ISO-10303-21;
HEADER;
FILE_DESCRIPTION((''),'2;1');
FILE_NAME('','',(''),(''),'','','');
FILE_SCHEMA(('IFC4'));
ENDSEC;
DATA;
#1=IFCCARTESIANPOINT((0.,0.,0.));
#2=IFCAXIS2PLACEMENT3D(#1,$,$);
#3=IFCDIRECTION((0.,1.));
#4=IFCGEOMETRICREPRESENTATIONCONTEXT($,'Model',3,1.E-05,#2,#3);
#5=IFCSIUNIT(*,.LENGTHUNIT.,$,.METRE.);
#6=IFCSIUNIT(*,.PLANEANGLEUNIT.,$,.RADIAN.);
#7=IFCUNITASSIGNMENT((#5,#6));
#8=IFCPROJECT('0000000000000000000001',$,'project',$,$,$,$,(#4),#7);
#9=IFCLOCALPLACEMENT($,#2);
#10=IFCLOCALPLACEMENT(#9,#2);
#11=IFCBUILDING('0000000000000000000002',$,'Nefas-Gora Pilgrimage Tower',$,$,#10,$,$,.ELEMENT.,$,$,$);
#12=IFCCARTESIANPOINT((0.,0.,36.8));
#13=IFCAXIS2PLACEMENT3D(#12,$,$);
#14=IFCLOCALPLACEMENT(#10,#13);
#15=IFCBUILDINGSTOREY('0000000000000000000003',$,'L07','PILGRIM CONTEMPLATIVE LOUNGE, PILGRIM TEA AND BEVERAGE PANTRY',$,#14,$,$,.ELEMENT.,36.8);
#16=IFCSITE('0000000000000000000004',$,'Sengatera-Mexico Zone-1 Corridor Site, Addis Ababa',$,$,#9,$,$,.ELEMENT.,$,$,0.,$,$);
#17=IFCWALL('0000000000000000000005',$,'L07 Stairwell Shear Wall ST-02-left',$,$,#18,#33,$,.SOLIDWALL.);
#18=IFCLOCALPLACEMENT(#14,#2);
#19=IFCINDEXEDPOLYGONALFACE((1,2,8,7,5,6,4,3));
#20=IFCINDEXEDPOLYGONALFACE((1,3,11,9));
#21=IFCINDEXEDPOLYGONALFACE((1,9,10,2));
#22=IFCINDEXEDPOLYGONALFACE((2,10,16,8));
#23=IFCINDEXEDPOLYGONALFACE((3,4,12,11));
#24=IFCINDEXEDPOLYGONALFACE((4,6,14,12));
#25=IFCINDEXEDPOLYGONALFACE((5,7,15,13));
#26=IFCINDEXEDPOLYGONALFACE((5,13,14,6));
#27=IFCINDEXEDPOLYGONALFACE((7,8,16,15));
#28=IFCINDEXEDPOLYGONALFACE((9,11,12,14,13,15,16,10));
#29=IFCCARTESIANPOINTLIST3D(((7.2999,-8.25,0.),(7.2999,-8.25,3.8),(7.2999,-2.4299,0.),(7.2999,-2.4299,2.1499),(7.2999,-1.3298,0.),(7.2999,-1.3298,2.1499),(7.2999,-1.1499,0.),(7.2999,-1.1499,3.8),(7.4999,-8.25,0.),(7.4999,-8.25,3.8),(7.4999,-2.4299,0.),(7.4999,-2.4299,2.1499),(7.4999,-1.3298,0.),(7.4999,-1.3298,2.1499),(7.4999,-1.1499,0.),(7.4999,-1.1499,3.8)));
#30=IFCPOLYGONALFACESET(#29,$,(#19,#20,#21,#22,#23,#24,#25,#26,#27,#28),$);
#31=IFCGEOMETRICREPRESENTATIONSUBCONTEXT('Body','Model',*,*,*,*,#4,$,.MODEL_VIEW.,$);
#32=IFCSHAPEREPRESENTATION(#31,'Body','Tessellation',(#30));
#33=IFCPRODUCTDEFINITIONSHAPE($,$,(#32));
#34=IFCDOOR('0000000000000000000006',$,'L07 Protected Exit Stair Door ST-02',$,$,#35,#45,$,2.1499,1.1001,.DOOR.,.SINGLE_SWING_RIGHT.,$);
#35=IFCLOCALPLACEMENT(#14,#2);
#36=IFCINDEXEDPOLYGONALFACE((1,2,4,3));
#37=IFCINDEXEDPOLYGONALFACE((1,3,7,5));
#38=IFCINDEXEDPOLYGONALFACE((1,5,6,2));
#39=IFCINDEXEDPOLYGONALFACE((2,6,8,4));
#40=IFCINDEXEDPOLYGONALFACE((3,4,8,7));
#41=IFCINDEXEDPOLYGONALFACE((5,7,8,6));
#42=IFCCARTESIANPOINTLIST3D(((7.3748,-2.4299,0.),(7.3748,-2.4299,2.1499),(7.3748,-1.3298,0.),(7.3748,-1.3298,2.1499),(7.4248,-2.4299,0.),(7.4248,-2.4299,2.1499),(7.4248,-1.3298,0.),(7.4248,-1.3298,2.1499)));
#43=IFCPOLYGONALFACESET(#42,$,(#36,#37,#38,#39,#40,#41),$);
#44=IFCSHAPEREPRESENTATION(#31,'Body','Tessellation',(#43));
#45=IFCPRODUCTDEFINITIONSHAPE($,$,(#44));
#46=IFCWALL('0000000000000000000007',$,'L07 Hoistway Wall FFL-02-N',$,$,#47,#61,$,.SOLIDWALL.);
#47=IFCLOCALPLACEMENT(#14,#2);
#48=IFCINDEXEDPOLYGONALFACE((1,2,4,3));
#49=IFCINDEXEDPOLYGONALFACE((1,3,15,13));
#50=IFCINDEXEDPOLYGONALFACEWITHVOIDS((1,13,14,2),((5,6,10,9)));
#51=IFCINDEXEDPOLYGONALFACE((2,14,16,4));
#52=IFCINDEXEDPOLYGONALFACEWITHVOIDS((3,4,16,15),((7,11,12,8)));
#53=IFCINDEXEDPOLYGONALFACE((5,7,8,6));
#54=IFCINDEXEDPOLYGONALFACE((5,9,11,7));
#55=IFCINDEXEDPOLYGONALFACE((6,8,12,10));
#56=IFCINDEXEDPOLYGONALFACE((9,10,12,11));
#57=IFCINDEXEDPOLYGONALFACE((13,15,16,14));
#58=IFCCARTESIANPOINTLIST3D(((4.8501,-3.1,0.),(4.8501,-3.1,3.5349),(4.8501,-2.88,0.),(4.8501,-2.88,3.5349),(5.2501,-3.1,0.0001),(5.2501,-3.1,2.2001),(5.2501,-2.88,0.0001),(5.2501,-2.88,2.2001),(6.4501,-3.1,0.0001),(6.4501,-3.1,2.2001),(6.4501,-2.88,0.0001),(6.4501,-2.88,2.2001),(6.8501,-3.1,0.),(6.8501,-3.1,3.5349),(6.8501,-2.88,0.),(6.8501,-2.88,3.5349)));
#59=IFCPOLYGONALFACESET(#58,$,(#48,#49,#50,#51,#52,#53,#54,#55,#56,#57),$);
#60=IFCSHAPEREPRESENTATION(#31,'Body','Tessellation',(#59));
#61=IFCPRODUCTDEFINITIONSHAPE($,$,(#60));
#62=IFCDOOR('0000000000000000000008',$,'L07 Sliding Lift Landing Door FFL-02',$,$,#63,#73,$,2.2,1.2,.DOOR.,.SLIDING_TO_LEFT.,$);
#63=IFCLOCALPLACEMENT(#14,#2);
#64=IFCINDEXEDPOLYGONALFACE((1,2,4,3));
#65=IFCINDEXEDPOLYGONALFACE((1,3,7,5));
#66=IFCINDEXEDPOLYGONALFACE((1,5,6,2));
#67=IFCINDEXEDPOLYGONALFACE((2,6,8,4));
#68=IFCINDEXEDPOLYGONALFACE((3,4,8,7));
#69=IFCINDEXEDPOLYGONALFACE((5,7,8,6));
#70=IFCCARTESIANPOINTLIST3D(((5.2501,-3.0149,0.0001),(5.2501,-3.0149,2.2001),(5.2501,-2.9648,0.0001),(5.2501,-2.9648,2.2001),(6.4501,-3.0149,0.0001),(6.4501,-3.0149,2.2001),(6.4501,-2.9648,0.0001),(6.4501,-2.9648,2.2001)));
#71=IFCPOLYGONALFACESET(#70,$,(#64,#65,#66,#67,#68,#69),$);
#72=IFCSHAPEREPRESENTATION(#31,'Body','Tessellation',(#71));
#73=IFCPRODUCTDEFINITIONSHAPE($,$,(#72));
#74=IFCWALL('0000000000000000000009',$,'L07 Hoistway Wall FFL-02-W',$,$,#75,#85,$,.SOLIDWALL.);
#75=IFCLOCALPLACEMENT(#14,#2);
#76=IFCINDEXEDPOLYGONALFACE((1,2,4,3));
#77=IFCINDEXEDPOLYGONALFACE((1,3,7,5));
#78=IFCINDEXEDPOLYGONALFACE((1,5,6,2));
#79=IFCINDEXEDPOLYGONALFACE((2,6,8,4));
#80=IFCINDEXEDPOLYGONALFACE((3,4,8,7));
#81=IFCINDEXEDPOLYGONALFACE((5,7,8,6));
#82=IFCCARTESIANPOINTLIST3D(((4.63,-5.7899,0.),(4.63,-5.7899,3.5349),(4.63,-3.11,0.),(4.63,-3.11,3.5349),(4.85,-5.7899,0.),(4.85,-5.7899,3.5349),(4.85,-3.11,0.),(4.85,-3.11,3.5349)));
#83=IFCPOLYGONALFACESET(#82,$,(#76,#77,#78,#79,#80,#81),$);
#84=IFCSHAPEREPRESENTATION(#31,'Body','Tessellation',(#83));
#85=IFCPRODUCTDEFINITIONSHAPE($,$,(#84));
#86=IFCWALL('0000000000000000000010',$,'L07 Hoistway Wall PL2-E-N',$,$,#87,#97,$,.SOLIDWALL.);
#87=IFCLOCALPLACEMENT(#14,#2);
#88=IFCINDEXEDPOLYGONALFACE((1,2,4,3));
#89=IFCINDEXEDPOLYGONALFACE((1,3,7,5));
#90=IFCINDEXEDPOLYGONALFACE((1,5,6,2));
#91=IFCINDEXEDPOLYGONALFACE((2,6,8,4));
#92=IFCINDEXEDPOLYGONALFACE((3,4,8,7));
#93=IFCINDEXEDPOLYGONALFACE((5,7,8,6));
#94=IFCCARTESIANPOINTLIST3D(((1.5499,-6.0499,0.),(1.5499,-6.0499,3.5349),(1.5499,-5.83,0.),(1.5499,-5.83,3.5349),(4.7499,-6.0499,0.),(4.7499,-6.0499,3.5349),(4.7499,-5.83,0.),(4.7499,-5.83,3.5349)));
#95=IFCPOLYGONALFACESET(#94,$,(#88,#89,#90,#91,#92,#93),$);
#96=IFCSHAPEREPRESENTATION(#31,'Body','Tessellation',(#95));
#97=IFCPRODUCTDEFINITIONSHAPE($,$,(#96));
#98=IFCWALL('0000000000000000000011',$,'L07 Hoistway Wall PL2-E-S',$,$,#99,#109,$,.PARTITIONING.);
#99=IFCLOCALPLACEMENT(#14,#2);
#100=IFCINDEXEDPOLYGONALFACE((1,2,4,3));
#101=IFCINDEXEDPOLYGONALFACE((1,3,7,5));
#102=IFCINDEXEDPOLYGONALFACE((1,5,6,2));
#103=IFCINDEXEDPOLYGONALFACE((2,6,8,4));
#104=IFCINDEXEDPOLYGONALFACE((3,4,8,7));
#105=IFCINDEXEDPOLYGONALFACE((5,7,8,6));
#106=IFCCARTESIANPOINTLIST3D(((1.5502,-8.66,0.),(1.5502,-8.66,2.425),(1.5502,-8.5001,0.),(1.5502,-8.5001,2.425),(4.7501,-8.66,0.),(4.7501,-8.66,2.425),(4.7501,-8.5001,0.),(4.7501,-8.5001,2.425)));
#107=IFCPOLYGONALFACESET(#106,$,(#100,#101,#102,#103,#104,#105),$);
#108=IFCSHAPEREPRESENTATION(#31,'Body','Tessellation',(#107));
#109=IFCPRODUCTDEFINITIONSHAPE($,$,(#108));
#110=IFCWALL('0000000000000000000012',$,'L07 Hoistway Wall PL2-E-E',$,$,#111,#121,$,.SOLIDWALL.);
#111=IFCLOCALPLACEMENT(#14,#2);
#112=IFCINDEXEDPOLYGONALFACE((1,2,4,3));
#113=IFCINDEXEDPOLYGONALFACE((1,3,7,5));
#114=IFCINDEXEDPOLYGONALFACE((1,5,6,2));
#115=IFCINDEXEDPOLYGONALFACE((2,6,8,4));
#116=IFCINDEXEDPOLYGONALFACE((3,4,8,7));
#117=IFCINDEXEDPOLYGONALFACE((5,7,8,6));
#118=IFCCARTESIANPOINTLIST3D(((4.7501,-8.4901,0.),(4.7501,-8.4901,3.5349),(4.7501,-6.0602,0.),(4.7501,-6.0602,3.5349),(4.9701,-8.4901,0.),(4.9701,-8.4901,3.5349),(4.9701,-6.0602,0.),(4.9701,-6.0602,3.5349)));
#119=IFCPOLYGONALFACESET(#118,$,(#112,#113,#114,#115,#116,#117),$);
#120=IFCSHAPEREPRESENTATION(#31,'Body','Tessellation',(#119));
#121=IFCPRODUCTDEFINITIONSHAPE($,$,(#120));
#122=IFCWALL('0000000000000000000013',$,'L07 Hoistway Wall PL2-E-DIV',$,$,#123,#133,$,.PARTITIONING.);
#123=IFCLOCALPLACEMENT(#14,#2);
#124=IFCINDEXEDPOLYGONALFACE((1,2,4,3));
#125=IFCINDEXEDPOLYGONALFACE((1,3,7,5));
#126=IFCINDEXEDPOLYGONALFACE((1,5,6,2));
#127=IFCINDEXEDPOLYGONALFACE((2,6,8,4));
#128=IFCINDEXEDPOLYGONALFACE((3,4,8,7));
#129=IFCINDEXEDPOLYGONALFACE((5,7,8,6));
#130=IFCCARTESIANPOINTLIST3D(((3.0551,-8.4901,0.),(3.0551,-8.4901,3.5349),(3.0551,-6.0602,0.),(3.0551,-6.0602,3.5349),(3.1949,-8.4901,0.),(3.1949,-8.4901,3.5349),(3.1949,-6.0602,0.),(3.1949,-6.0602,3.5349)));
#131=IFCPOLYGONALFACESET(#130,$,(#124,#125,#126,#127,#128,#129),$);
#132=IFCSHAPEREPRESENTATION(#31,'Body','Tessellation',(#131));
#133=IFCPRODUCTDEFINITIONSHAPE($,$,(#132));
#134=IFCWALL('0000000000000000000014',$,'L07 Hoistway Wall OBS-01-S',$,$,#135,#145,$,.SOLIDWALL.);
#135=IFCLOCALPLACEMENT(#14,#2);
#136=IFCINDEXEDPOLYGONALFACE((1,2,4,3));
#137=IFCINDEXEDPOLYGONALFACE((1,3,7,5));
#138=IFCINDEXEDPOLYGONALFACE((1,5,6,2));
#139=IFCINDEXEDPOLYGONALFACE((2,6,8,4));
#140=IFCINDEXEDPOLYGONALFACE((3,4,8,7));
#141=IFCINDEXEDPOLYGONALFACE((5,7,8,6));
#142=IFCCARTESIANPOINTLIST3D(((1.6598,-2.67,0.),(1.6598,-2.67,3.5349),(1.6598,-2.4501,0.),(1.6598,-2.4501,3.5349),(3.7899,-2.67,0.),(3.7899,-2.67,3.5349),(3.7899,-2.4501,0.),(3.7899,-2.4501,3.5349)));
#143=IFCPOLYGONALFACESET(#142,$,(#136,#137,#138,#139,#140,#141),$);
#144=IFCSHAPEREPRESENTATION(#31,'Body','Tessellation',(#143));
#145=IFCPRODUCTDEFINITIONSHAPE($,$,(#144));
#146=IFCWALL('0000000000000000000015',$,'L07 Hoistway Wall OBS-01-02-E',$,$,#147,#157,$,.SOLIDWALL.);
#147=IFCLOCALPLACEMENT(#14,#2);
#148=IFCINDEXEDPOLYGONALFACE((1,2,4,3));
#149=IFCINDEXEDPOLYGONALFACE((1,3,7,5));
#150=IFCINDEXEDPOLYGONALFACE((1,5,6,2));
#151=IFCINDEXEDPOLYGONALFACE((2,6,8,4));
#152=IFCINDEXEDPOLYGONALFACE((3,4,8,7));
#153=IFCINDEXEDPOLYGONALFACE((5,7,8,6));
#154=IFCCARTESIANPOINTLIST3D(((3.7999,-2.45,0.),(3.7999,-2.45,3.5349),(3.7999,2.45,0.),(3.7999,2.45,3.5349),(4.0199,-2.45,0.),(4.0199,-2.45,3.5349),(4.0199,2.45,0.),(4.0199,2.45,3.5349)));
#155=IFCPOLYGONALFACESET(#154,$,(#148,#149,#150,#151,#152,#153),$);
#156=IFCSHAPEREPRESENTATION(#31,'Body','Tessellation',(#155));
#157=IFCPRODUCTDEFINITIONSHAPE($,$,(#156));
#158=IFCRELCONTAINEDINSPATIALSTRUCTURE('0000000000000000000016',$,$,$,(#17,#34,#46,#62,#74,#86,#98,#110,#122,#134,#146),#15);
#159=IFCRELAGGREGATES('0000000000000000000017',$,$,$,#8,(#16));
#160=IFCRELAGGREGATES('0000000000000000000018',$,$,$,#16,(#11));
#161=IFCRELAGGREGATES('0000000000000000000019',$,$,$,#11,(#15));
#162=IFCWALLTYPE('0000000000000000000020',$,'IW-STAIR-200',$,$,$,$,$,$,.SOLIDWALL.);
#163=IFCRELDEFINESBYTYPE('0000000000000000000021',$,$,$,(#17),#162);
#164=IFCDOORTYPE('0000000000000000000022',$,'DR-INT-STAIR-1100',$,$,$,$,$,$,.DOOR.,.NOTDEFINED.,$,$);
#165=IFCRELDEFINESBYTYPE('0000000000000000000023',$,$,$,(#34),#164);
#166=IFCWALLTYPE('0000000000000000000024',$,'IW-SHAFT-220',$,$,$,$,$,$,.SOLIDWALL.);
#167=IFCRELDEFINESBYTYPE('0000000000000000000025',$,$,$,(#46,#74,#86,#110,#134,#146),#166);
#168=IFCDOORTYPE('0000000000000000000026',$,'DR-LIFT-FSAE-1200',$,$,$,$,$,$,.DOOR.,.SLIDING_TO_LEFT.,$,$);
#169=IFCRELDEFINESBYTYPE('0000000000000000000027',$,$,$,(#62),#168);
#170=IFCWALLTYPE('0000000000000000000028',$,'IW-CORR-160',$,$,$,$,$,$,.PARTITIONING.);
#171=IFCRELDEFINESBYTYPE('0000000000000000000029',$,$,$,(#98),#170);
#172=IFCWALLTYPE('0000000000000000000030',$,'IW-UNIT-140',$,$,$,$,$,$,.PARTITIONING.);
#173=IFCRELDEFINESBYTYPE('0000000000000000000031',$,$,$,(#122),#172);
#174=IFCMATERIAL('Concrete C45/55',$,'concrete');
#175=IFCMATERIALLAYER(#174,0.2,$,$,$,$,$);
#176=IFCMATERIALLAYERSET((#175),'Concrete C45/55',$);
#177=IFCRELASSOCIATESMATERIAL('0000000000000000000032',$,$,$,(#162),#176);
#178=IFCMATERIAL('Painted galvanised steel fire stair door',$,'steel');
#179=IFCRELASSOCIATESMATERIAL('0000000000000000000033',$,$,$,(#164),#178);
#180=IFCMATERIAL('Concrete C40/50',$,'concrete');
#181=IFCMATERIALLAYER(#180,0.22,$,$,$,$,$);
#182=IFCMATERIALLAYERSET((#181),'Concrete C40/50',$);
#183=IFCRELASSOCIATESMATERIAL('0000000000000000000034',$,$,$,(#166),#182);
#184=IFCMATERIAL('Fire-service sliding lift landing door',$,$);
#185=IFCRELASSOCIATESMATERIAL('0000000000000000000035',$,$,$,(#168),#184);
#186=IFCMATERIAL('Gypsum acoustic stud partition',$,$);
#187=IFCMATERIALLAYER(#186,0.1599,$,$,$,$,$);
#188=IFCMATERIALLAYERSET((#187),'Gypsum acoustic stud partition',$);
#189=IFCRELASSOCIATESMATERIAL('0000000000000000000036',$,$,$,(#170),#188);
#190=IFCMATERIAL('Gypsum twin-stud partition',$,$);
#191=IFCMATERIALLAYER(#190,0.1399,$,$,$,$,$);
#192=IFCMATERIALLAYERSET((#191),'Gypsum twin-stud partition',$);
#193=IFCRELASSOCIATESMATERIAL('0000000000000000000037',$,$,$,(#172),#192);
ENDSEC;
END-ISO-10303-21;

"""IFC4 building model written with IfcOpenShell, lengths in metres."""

from ifc_helpers import new_model, si_unit, direction, frame, frame_2d, origin, place, context, subcontext, project, spatial, rectangle, extrude, source, transform, mapped, material, layer, layer_set, type_object, element, fill, save


model = new_model("IFC4")

# Units and contexts
model_context = context("Model", 3, precision=1e-05, world=origin(), true_north=direction((0.0, 1.0)))
body_context = subcontext(model_context, "Body", "Model", "MODEL_VIEW")
ifc_project = project(units=[si_unit("LENGTHUNIT", "METRE"), si_unit("PLANEANGLEUNIT", "RADIAN")], contexts=[model_context])

# Site, building, storey
site_placement = place(None, origin())
site = spatial("IfcSite", under=ifc_project, at=site_placement, Name="Sengatera-Mexico Zone-1 Corridor Site, Addis Ababa", CompositionType="ELEMENT", RefElevation=0.0)
building_placement = place(site_placement, origin())
building = spatial("IfcBuilding", under=site, at=building_placement, Name="Nefas-Gora Pilgrimage Tower", CompositionType="ELEMENT")
storey_placement = place(building_placement, frame((0.0, 0.0, 36.8)))
storey = spatial("IfcBuildingStorey", under=building, at=storey_placement, Name="L07", Description="PILGRIM CONTEMPLATIVE LOUNGE, PILGRIM TEA AND BEVERAGE PANTRY", CompositionType="ELEMENT", Elevation=36.8)

# Shared definitions
ifc_material_1 = material(Name="Concrete C45/55", Category="concrete")
ifc_layer_1 = layer(ifc_material_1, 0.2)
ifc_layer_set_1 = layer_set([ifc_layer_1], Name="Concrete C45/55")
wall_type_1 = type_object("IfcWallType", Name="IW-STAIR-200", PredefinedType="SOLIDWALL", material=ifc_layer_set_1)

# Walls, openings, doors
shared_shape_1 = source(origin(), body_context, "Body", "SweptSolid", [
    extrude(rectangle(XDim=7.1001, YDim=0.2, at=frame_2d((3.55, 0.0))), origin(), (0.0, 0.0, 1.0), 3.8),
])
wall_1_placement = place(storey_placement, frame((7.3999, -1.1499, 0.0), z_axis=(0.0, 0.0, 1.0), x_axis=(0.0, -1.0, 0.0)))
wall_1 = element("IfcWall", 1, at=wall_1_placement, inside=storey, type_object=wall_type_1, Name="L07 Stairwell Shear Wall ST-02-left", PredefinedType="SOLIDWALL", context=body_context, shape_type="MappedRepresentation", body=[
    mapped(shared_shape_1, transform((0.0, 0.0, 0.0), x_axis=(1.0, 0.0, 0.0), y_axis=(0.0, 1.0, 0.0), z_axis=(0.0, 0.0, 1.0), scale=1.0)),
])
opening_1_placement = place(wall_1_placement, frame((0.1799, 0.0, 0.0)))
opening_1 = element("IfcOpeningElement", 2, at=opening_1_placement, cuts=wall_1, PredefinedType="OPENING", context=body_context, shape_type="SweptSolid", body=[
    extrude(rectangle(XDim=1.1001, YDim=2.1499, at=frame_2d((0.55, 1.075))), frame((0.0, 0.1099, 0.0), z_axis=(0.0, -1.0, 0.0), x_axis=(1.0, 0.0, 0.0)), (0.0, 0.0, 1.0), 0.22),
])
ifc_material_2 = material(Name="Painted galvanised steel fire stair door", Category="steel")
door_type_1 = type_object("IfcDoorType", Name="DR-INT-STAIR-1100", OperationType="NOTDEFINED", PredefinedType="DOOR", material=ifc_material_2)
shared_shape_2 = source(origin(), body_context, "Body", "SweptSolid", [
    extrude(rectangle(XDim=1.1001, YDim=2.1499, at=frame_2d((0.55, 1.075))), frame((0.0, 0.0249, 0.0), z_axis=(0.0, -1.0, 0.0), x_axis=(1.0, 0.0, 0.0)), (0.0, 0.0, 1.0), 0.05),
])
door_1_placement = place(opening_1_placement, origin())
door_1 = element("IfcDoor", 3, at=door_1_placement, inside=storey, type_object=door_type_1, Name="L07 Protected Exit Stair Door ST-02", OperationType="SINGLE_SWING_RIGHT", OverallHeight=2.1499, OverallWidth=1.1001, PredefinedType="DOOR", context=body_context, shape_type="MappedRepresentation", body=[
    mapped(shared_shape_2, transform((0.0, 0.0, 0.0), x_axis=(1.0, 0.0, 0.0), y_axis=(0.0, 1.0, 0.0), z_axis=(0.0, 0.0, 1.0), scale=1.0)),
])
fill(opening_1, door_1)
ifc_material_3 = material(Name="Concrete C40/50", Category="concrete")
ifc_layer_2 = layer(ifc_material_3, 0.22)
ifc_layer_set_2 = layer_set([ifc_layer_2], Name="Concrete C40/50")
wall_type_2 = type_object("IfcWallType", Name="IW-SHAFT-220", PredefinedType="SOLIDWALL", material=ifc_layer_set_2)
shared_shape_3 = source(origin(), body_context, "Body", "SweptSolid", [
    extrude(rectangle(XDim=2.0, YDim=0.22, at=frame_2d((1.0, 0.0))), origin(), (0.0, 0.0, 1.0), 3.5349),
])
wall_2_placement = place(storey_placement, frame((6.8501, -2.99, 0.0), z_axis=(0.0, 0.0, 1.0), x_axis=(-1.0, 0.0, 0.0)))
wall_2 = element("IfcWall", 4, at=wall_2_placement, inside=storey, type_object=wall_type_2, Name="L07 Hoistway Wall FFL-02-N", PredefinedType="SOLIDWALL", context=body_context, shape_type="MappedRepresentation", body=[
    mapped(shared_shape_3, transform((0.0, 0.0, 0.0), x_axis=(1.0, 0.0, 0.0), y_axis=(0.0, 1.0, 0.0), z_axis=(0.0, 0.0, 1.0), scale=1.0)),
])
opening_2_placement = place(wall_2_placement, frame((0.3999, 0.0, 0.0)))
opening_2 = element("IfcOpeningElement", 5, at=opening_2_placement, cuts=wall_2, PredefinedType="OPENING", context=body_context, shape_type="SweptSolid", body=[
    extrude(rectangle(XDim=1.2, YDim=2.2, at=frame_2d((0.6001, 1.1001))), frame((0.0, 0.1199, 0.0), z_axis=(0.0, -1.0, 0.0), x_axis=(1.0, 0.0, 0.0)), (0.0, 0.0, 1.0), 0.24),
])
ifc_material_4 = material(Name="Fire-service sliding lift landing door")
door_type_2 = type_object("IfcDoorType", Name="DR-LIFT-FSAE-1200", OperationType="SLIDING_TO_LEFT", PredefinedType="DOOR", material=ifc_material_4)
shared_shape_4 = source(origin(), body_context, "Body", "SweptSolid", [
    extrude(rectangle(XDim=1.2, YDim=2.2, at=frame_2d((0.6001, 1.1001))), frame((0.0, 0.0249, 0.0), z_axis=(0.0, -1.0, 0.0), x_axis=(1.0, 0.0, 0.0)), (0.0, 0.0, 1.0), 0.05),
])
door_2_placement = place(opening_2_placement, origin())
door_2 = element("IfcDoor", 6, at=door_2_placement, inside=storey, type_object=door_type_2, Name="L07 Sliding Lift Landing Door FFL-02", OperationType="SLIDING_TO_LEFT", OverallHeight=2.2, OverallWidth=1.2, PredefinedType="DOOR", context=body_context, shape_type="MappedRepresentation", body=[
    mapped(shared_shape_4, transform((0.0, 0.0, 0.0), x_axis=(1.0, 0.0, 0.0), y_axis=(0.0, 1.0, 0.0), z_axis=(0.0, 0.0, 1.0), scale=1.0)),
])
fill(opening_2, door_2)

# Walls
shared_shape_5 = source(origin(), body_context, "Body", "SweptSolid", [
    extrude(rectangle(XDim=2.6799, YDim=0.22, at=frame_2d((1.3398, 0.0))), origin(), (0.0, 0.0, 1.0), 3.5349),
])
wall_3_placement = place(storey_placement, frame((4.74, -3.1101, 0.0), z_axis=(0.0, 0.0, 1.0), x_axis=(0.0, -1.0, 0.0)))
element("IfcWall", 7, at=wall_3_placement, inside=storey, type_object=wall_type_2, Name="L07 Hoistway Wall FFL-02-W", PredefinedType="SOLIDWALL", context=body_context, shape_type="MappedRepresentation", body=[
    mapped(shared_shape_5, transform((0.0, 0.0, 0.0), x_axis=(1.0, 0.0, 0.0), y_axis=(0.0, 1.0, 0.0), z_axis=(0.0, 0.0, 1.0), scale=1.0)),
])
shared_shape_6 = source(origin(), body_context, "Body", "SweptSolid", [
    extrude(rectangle(XDim=3.2, YDim=0.22, at=frame_2d((1.6001, 0.0))), origin(), (0.0, 0.0, 1.0), 3.5349),
])
wall_4_placement = place(storey_placement, frame((4.75, -5.9399, 0.0), z_axis=(0.0, 0.0, 1.0), x_axis=(-1.0, 0.0, 0.0)))
element("IfcWall", 8, at=wall_4_placement, inside=storey, type_object=wall_type_2, Name="L07 Hoistway Wall PL2-E-N", PredefinedType="SOLIDWALL", context=body_context, shape_type="MappedRepresentation", body=[
    mapped(shared_shape_6, transform((0.0, 0.0, 0.0), x_axis=(1.0, 0.0, 0.0), y_axis=(0.0, 1.0, 0.0), z_axis=(0.0, 0.0, 1.0), scale=1.0)),
])
ifc_material_5 = material(Name="Gypsum acoustic stud partition")
ifc_layer_3 = layer(ifc_material_5, 0.1599)
ifc_layer_set_3 = layer_set([ifc_layer_3], Name="Gypsum acoustic stud partition")
wall_type_3 = type_object("IfcWallType", Name="IW-CORR-160", PredefinedType="PARTITIONING", material=ifc_layer_set_3)
shared_shape_7 = source(origin(), body_context, "Body", "SweptSolid", [
    extrude(rectangle(XDim=3.2, YDim=0.1599, at=frame_2d((1.6001, 0.0))), origin(), (0.0, 0.0, 1.0), 2.425),
])
wall_5_placement = place(storey_placement, frame((1.55, -8.5801, 0.0), z_axis=(0.0, 0.0, 1.0), x_axis=(1.0, 0.0, 0.0)))
element("IfcWall", 9, at=wall_5_placement, inside=storey, type_object=wall_type_3, Name="L07 Hoistway Wall PL2-E-S", PredefinedType="PARTITIONING", context=body_context, shape_type="MappedRepresentation", body=[
    mapped(shared_shape_7, transform((0.0, 0.0, 0.0), x_axis=(1.0, 0.0, 0.0), y_axis=(0.0, 1.0, 0.0), z_axis=(0.0, 0.0, 1.0), scale=1.0)),
])
shared_shape_8 = source(origin(), body_context, "Body", "SweptSolid", [
    extrude(rectangle(XDim=2.4299, YDim=0.22, at=frame_2d((1.2148, 0.0))), origin(), (0.0, 0.0, 1.0), 3.5349),
])
for number, where, z_axis, x_axis, name in (
    (10, (4.8601, -8.49, 0.0), (0.0, 0.0, 1.0), (0.0, 1.0, 0.0), "L07 Hoistway Wall PL2-E-E"),
):
    element("IfcWall", number, at=place(storey_placement, frame(where, z_axis=z_axis, x_axis=x_axis)), inside=storey, type_object=wall_type_2, Name=name, PredefinedType="SOLIDWALL", context=body_context, shape_type="MappedRepresentation", body=[
        mapped(shared_shape_8, transform((0.0, 0.0, 0.0), x_axis=(1.0, 0.0, 0.0), y_axis=(0.0, 1.0, 0.0), z_axis=(0.0, 0.0, 1.0), scale=1.0)),
    ])
ifc_material_6 = material(Name="Gypsum twin-stud partition")
ifc_layer_4 = layer(ifc_material_6, 0.1399)
ifc_layer_set_4 = layer_set([ifc_layer_4], Name="Gypsum twin-stud partition")
wall_type_4 = type_object("IfcWallType", Name="IW-UNIT-140", PredefinedType="PARTITIONING", material=ifc_layer_set_4)
shared_shape_9 = source(origin(), body_context, "Body", "SweptSolid", [
    extrude(rectangle(XDim=2.4299, YDim=0.1399, at=frame_2d((1.2148, 0.0))), origin(), (0.0, 0.0, 1.0), 3.5349),
])
wall_6_placement = place(storey_placement, frame((3.125, -8.49, 0.0), z_axis=(0.0, 0.0, 1.0), x_axis=(0.0, 1.0, 0.0)))
element("IfcWall", 11, at=wall_6_placement, inside=storey, type_object=wall_type_4, Name="L07 Hoistway Wall PL2-E-DIV", PredefinedType="PARTITIONING", context=body_context, shape_type="MappedRepresentation", body=[
    mapped(shared_shape_9, transform((0.0, 0.0, 0.0), x_axis=(1.0, 0.0, 0.0), y_axis=(0.0, 1.0, 0.0), z_axis=(0.0, 0.0, 1.0), scale=1.0)),
])
shared_shape_10 = source(origin(), body_context, "Body", "SweptSolid", [
    extrude(rectangle(XDim=2.1301, YDim=0.22, at=frame_2d((1.0649, 0.0))), origin(), (0.0, 0.0, 1.0), 3.5349),
])
wall_7_placement = place(storey_placement, frame((1.6599, -2.5601, 0.0), z_axis=(0.0, 0.0, 1.0), x_axis=(1.0, 0.0, 0.0)))
element("IfcWall", 12, at=wall_7_placement, inside=storey, type_object=wall_type_2, Name="L07 Hoistway Wall OBS-01-S", PredefinedType="SOLIDWALL", context=body_context, shape_type="MappedRepresentation", body=[
    mapped(shared_shape_10, transform((0.0, 0.0, 0.0), x_axis=(1.0, 0.0, 0.0), y_axis=(0.0, 1.0, 0.0), z_axis=(0.0, 0.0, 1.0), scale=1.0)),
])
shared_shape_11 = source(origin(), body_context, "Body", "SweptSolid", [
    extrude(rectangle(XDim=4.8999, YDim=0.22, at=frame_2d((2.45, 0.0))), origin(), (0.0, 0.0, 1.0), 3.5349),
])
wall_8_placement = place(storey_placement, frame((3.9099, -2.45, 0.0), z_axis=(0.0, 0.0, 1.0), x_axis=(0.0, 1.0, 0.0)))
element("IfcWall", 13, at=wall_8_placement, inside=storey, type_object=wall_type_2, Name="L07 Hoistway Wall OBS-01-02-E", PredefinedType="SOLIDWALL", context=body_context, shape_type="MappedRepresentation", body=[
    mapped(shared_shape_11, transform((0.0, 0.0, 0.0), x_axis=(1.0, 0.0, 0.0), y_axis=(0.0, 1.0, 0.0), z_axis=(0.0, 0.0, 1.0), scale=1.0)),
])

save(model, "model.ifc")
